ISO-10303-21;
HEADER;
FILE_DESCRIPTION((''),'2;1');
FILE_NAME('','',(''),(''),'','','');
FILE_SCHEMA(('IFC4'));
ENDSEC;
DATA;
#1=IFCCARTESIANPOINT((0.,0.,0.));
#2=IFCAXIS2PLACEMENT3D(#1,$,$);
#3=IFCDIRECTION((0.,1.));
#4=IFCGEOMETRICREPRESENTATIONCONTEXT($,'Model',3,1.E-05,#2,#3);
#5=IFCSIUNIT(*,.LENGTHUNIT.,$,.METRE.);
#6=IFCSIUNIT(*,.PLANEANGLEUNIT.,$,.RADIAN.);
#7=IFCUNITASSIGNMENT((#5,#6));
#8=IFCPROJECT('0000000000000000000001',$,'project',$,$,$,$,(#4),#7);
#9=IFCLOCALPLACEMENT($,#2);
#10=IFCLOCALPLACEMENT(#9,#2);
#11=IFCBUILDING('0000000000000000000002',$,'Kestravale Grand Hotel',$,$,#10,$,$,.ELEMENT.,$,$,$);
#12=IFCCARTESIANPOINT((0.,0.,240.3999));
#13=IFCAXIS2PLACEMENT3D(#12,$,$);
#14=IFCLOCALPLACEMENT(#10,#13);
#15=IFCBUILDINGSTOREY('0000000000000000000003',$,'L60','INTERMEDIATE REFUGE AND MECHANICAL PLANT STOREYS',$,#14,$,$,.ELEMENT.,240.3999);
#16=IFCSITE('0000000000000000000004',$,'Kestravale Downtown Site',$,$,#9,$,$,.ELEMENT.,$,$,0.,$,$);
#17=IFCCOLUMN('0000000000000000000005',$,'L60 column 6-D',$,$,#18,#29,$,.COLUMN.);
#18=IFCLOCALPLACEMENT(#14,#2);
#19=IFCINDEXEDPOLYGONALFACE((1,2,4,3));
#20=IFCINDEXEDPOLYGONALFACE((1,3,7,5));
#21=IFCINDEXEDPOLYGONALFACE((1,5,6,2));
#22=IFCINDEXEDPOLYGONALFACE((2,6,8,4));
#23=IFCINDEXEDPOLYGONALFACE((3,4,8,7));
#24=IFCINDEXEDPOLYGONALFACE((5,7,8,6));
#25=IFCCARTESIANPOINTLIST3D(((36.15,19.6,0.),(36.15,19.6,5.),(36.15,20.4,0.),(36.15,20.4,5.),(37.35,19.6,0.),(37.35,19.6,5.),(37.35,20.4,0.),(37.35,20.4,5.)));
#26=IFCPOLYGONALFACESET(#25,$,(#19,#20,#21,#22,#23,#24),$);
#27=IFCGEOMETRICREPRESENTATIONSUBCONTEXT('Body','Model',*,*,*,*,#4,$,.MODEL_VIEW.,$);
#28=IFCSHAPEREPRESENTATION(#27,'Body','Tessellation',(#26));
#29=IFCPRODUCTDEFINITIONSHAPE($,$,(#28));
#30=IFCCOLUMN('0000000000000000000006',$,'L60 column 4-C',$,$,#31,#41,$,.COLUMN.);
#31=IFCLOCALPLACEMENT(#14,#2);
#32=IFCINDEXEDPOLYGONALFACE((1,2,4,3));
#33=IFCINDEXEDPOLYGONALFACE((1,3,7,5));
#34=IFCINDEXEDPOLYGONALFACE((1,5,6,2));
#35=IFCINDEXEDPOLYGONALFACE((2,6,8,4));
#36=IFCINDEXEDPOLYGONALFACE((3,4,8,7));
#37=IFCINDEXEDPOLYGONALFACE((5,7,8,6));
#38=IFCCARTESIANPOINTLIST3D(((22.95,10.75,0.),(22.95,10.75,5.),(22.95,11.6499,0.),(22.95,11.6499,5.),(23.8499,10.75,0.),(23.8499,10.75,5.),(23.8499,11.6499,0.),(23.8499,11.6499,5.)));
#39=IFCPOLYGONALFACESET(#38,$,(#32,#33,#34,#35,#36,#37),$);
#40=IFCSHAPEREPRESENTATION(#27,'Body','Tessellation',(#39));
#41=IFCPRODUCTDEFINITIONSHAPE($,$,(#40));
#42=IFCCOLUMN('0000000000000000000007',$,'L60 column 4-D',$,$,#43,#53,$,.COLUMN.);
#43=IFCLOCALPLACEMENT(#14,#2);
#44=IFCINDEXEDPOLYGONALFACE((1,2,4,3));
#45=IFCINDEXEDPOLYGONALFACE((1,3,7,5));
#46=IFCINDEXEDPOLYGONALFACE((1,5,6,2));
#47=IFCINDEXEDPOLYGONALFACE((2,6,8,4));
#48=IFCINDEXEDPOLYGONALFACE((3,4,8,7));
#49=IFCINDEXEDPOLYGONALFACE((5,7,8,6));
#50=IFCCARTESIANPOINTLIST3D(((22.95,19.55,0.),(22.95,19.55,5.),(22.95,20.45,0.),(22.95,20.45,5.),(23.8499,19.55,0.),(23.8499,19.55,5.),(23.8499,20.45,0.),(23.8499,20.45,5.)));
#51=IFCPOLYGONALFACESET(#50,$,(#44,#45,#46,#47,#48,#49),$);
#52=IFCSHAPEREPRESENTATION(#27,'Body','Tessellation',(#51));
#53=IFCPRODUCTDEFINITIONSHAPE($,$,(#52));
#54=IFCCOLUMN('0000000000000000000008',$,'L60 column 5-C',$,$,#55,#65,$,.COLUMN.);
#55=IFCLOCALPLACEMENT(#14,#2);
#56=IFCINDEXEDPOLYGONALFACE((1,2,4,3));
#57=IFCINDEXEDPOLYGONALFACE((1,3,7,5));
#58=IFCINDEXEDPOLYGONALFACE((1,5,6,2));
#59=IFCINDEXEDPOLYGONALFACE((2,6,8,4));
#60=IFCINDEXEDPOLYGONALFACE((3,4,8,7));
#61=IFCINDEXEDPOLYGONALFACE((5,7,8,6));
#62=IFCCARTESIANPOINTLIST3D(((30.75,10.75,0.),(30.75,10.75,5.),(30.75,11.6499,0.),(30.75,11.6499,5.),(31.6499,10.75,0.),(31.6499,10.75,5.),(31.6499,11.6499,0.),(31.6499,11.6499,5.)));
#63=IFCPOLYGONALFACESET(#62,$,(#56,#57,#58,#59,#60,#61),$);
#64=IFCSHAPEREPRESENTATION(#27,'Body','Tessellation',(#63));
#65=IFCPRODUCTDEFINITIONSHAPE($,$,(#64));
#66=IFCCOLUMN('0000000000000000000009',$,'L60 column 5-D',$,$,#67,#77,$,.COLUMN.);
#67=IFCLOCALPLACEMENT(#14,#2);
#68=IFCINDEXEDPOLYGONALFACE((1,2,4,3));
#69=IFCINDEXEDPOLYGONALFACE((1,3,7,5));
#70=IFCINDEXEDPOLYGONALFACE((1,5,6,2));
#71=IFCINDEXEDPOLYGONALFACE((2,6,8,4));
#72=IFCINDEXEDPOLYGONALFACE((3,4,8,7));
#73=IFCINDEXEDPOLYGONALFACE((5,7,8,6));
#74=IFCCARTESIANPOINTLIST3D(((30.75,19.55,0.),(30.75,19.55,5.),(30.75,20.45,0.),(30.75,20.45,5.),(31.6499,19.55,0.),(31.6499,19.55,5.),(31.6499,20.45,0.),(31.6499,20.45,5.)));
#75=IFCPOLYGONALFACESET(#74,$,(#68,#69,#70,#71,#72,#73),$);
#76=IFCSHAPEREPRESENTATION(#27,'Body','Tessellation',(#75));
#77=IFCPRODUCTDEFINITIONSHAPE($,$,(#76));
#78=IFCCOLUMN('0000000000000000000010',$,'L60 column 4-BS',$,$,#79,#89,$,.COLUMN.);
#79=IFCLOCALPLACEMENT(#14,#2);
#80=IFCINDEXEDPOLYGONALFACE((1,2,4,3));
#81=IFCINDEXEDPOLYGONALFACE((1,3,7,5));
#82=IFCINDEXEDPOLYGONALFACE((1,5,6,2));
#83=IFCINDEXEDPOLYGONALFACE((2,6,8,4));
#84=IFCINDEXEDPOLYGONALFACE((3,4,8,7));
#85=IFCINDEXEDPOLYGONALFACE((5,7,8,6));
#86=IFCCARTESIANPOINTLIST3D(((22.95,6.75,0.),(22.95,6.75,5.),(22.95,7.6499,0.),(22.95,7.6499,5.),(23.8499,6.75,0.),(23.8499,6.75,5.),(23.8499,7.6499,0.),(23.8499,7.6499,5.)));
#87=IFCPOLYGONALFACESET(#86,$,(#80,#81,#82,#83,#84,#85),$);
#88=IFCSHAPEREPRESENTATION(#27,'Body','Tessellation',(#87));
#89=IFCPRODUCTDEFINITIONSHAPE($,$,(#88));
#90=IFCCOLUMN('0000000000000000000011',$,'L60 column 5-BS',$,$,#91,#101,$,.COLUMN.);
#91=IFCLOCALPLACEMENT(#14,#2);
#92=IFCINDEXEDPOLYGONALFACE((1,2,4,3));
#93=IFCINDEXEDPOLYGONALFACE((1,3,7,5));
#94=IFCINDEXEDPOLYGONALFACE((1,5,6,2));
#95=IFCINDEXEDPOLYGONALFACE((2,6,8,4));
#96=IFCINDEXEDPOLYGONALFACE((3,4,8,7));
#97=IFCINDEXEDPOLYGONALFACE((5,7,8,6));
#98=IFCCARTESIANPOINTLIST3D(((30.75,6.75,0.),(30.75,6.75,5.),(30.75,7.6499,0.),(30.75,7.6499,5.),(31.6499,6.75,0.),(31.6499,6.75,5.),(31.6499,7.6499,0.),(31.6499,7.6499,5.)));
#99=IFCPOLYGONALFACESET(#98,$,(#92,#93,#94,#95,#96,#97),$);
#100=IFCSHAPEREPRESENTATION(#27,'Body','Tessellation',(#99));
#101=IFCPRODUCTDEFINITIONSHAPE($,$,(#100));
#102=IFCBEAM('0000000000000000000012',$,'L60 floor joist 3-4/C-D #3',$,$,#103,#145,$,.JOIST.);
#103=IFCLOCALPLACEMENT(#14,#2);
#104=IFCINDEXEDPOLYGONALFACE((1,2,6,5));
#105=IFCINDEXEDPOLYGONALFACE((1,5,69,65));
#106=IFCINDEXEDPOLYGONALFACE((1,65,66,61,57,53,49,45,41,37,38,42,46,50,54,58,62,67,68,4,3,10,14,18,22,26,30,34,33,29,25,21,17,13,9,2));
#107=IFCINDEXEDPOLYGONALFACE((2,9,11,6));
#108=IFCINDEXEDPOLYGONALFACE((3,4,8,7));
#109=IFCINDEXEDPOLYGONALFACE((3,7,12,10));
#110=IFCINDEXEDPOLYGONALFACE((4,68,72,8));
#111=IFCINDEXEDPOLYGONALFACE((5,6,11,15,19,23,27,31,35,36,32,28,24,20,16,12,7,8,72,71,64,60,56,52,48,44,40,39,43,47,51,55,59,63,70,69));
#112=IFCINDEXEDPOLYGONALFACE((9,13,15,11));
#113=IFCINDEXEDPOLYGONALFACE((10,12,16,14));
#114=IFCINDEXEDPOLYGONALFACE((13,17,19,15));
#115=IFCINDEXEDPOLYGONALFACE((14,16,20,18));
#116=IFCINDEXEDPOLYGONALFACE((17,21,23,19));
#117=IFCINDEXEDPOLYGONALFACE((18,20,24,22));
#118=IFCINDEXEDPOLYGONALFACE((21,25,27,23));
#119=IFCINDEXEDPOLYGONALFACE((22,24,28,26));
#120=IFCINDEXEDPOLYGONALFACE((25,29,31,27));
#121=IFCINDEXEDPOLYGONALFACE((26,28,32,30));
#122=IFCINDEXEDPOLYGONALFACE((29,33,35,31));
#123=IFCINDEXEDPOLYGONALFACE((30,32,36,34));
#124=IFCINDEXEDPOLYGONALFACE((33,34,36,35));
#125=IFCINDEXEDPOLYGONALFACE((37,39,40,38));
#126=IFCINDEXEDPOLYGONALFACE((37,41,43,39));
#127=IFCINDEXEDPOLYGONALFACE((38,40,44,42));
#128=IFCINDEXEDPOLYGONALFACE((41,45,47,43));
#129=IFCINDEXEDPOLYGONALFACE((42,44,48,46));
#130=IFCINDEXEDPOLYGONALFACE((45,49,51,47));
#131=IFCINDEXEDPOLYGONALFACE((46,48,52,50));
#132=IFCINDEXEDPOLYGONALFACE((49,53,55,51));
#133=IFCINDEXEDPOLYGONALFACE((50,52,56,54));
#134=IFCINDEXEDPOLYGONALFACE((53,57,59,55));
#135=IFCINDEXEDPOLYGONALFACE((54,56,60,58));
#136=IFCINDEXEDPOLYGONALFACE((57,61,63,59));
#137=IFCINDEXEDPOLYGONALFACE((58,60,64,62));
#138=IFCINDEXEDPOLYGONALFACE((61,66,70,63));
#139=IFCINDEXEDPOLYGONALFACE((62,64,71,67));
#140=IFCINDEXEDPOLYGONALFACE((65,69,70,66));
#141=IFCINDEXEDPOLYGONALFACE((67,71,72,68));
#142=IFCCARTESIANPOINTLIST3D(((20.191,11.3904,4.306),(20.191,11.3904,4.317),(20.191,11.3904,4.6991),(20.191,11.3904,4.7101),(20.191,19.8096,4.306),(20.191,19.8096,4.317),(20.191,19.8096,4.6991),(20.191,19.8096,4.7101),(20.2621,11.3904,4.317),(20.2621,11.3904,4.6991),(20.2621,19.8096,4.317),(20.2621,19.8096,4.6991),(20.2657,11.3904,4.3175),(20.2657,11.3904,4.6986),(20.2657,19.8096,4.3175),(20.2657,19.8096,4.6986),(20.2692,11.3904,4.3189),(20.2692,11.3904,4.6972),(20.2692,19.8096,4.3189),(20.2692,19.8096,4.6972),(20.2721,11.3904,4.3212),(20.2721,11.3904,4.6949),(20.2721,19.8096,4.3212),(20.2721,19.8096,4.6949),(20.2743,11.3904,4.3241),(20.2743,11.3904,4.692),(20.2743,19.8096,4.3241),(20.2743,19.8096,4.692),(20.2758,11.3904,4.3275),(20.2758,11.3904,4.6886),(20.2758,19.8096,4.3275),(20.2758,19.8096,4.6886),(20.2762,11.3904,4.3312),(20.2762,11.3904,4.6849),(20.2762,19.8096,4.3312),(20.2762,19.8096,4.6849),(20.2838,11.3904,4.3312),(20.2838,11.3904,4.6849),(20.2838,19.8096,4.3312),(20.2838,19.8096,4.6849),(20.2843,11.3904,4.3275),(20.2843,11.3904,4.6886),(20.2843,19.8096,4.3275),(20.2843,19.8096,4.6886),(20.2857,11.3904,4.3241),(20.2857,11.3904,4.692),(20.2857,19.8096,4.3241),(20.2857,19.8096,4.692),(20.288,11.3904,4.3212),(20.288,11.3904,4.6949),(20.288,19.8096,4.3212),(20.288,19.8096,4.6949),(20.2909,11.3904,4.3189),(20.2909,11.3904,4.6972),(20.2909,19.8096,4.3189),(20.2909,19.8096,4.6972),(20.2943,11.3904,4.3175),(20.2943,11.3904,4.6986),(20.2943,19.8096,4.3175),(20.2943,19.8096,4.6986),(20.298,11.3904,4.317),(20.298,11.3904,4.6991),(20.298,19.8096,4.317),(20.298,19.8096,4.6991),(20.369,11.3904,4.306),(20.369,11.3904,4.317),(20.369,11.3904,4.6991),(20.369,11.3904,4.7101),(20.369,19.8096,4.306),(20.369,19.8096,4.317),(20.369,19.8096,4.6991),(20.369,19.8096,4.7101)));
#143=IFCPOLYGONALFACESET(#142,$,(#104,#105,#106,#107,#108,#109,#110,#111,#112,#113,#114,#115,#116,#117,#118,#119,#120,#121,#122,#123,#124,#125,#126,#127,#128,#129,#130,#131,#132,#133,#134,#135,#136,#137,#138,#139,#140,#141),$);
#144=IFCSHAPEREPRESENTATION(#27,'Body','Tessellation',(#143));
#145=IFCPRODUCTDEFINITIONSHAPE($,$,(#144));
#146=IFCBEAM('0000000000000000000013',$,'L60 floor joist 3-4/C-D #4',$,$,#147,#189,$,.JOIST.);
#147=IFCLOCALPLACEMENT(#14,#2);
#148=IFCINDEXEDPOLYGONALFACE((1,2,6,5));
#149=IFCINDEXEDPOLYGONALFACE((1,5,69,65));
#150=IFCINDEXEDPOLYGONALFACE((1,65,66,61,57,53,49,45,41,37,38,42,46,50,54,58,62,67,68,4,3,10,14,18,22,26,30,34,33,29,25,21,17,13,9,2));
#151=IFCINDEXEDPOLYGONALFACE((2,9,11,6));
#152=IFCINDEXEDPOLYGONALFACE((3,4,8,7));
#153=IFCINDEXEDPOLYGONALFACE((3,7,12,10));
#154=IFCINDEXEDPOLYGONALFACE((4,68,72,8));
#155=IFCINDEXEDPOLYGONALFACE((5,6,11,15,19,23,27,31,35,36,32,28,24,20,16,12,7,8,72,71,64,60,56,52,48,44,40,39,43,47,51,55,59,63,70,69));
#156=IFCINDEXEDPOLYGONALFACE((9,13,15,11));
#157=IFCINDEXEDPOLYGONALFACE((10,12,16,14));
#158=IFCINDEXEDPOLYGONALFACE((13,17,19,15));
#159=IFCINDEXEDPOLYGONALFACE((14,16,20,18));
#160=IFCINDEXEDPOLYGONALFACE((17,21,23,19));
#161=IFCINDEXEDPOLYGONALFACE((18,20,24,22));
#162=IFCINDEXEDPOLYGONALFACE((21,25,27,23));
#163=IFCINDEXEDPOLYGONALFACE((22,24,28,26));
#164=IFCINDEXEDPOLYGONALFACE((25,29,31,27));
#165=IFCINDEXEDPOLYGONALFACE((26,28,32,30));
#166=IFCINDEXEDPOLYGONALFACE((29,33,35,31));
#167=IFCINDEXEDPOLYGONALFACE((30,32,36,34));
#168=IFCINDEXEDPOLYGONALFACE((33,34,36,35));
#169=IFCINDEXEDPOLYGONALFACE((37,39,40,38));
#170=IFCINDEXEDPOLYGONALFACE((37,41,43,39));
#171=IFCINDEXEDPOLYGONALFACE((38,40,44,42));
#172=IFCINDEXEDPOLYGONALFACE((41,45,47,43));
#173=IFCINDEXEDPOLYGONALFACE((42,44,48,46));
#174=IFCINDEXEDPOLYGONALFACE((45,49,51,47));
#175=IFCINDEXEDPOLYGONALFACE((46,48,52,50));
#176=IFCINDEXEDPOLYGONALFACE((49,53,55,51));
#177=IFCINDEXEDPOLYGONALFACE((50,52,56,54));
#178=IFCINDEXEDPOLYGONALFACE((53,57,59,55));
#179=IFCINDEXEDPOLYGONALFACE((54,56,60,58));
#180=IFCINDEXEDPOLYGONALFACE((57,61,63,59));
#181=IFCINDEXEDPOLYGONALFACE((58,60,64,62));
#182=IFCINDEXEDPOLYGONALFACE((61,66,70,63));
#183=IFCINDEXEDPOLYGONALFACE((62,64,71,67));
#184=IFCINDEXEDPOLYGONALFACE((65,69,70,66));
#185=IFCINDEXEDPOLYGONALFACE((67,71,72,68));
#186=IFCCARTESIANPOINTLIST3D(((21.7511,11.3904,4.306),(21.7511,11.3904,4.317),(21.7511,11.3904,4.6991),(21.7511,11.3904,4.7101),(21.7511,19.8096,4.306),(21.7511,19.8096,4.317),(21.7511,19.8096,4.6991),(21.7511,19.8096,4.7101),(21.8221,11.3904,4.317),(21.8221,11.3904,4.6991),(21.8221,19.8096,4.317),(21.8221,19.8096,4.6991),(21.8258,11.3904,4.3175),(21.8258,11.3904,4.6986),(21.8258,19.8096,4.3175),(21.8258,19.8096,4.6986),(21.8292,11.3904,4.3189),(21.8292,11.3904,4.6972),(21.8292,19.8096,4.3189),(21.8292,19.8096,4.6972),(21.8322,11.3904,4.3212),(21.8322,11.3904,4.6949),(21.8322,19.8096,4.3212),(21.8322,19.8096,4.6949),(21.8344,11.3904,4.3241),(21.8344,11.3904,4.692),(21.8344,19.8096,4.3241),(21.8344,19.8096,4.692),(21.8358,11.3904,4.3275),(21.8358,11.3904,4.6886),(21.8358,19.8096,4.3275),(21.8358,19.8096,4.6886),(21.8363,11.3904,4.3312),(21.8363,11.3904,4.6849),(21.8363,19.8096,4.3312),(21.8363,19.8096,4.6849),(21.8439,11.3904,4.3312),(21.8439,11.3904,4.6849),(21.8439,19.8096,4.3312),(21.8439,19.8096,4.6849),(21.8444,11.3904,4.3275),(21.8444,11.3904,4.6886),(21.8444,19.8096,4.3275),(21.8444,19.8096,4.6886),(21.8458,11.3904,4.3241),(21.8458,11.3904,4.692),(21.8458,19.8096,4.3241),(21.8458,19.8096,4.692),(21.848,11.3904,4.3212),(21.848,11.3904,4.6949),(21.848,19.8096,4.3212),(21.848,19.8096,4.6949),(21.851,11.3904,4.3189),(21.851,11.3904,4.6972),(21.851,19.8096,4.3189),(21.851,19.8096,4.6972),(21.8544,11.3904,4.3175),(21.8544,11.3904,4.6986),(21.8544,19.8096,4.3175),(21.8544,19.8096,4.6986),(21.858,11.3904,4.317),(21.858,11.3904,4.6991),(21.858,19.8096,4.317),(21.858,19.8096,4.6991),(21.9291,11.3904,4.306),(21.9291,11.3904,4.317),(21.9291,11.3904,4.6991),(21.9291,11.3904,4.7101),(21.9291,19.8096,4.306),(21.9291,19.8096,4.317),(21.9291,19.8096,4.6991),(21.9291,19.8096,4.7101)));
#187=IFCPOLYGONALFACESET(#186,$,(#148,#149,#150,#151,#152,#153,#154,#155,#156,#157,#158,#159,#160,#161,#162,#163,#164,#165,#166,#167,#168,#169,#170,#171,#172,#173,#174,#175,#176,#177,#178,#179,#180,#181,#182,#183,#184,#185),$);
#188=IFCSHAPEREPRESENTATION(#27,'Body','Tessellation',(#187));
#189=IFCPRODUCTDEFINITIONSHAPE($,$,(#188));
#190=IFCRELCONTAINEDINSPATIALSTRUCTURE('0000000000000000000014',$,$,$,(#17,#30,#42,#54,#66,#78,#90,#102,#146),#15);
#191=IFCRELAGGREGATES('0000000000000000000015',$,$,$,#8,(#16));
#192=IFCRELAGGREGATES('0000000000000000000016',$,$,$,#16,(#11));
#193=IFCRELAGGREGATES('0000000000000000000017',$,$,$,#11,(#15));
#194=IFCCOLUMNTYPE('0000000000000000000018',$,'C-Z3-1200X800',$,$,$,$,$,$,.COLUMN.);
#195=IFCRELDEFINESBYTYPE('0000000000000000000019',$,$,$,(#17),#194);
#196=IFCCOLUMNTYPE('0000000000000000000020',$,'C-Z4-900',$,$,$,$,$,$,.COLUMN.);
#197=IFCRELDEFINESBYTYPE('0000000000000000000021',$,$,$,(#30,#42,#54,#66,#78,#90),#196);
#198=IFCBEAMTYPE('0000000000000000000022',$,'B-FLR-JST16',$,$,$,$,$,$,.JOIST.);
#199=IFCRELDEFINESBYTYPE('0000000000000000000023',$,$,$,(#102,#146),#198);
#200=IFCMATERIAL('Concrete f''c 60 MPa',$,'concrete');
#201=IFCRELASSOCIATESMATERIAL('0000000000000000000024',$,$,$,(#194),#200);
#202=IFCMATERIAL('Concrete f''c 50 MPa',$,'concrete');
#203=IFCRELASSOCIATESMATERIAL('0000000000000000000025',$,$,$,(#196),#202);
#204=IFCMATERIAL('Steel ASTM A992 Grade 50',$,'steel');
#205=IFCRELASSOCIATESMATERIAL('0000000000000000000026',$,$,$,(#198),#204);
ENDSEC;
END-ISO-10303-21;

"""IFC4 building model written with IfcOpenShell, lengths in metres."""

from ifc_helpers import new_model, si_unit, direction, frame, origin, origin_2d, place, context, subcontext, project, spatial, rectangle, i_section, extrude, material, material_profile, profile_set, type_object, element, save


model = new_model("IFC4")

# Units and contexts
model_context = context("Model", 3, precision=1e-05, world=origin(), true_north=direction((0.0, 1.0)))
body_context = subcontext(model_context, "Body", "Model", "MODEL_VIEW")
ifc_project = project(units=[si_unit("LENGTHUNIT", "METRE"), si_unit("PLANEANGLEUNIT", "RADIAN")], contexts=[model_context])

# Site, building, storey
site_placement = place(None, origin())
site = spatial("IfcSite", under=ifc_project, at=site_placement, Name="Kestravale Downtown Site", CompositionType="ELEMENT", RefElevation=0.0)
building_placement = place(site_placement, origin())
building = spatial("IfcBuilding", under=site, at=building_placement, Name="Kestravale Grand Hotel", CompositionType="ELEMENT")
storey_placement = place(building_placement, frame((0.0, 0.0, 240.3999)))
storey = spatial("IfcBuildingStorey", under=building, at=storey_placement, Name="L60", Description="INTERMEDIATE REFUGE AND MECHANICAL PLANT STOREYS", CompositionType="ELEMENT", Elevation=240.3999)

# Columns
ifc_material_1 = material(Name="Concrete f'c 60 MPa", Category="concrete")
ifc_material_profile_1 = material_profile(ifc_material_1, rectangle(XDim=1.2, YDim=0.8, at=origin_2d()))
ifc_profile_set_1 = profile_set([ifc_material_profile_1], Name="Concrete f'c 60 MPa")
column_type_1 = type_object("IfcColumnType", Name="C-Z3-1200X800", PredefinedType="COLUMN", material=ifc_profile_set_1)
column_placement = place(storey_placement, frame((36.75, 20.0, 0.0), z_axis=(0.0, 0.0, 1.0), x_axis=(1.0, 0.0, 0.0)))
element("IfcColumn", 1, at=column_placement, inside=storey, type_object=column_type_1, Name="L60 column 6-D", PredefinedType="COLUMN", context=body_context, shape_type="SweptSolid", body=[
    extrude(rectangle(XDim=1.2, YDim=0.8, at=origin_2d()), origin(), (0.0, 0.0, 1.0), 5.0),
])
ifc_material_2 = material(Name="Concrete f'c 50 MPa", Category="concrete")
ifc_material_profile_2 = material_profile(ifc_material_2, rectangle(XDim=0.8999, YDim=0.8999, at=origin_2d()))
ifc_profile_set_2 = profile_set([ifc_material_profile_2], Name="Concrete f'c 50 MPa")
column_type_2 = type_object("IfcColumnType", Name="C-Z4-900", PredefinedType="COLUMN", material=ifc_profile_set_2)
for number, where, z_axis, x_axis, name in (
    (2, (23.3999, 11.2, 0.0), (0.0, 0.0, 1.0), (1.0, 0.0, 0.0), "L60 column 4-C"),
    (3, (23.3999, 20.0, 0.0), (0.0, 0.0, 1.0), (1.0, 0.0, 0.0), "L60 column 4-D"),
    (4, (31.2, 11.2, 0.0), (0.0, 0.0, 1.0), (1.0, 0.0, 0.0), "L60 column 5-C"),
    (5, (31.2, 20.0, 0.0), (0.0, 0.0, 1.0), (1.0, 0.0, 0.0), "L60 column 5-D"),
    (6, (23.3999, 7.2, 0.0), (0.0, 0.0, 1.0), (1.0, 0.0, 0.0), "L60 column 4-BS"),
    (7, (31.2, 7.2, 0.0), (0.0, 0.0, 1.0), (1.0, 0.0, 0.0), "L60 column 5-BS"),
):
    element("IfcColumn", number, at=place(storey_placement, frame(where, z_axis=z_axis, x_axis=x_axis)), inside=storey, type_object=column_type_2, Name=name, PredefinedType="COLUMN", context=body_context, shape_type="SweptSolid", body=[
        extrude(rectangle(XDim=0.8999, YDim=0.8999, at=origin_2d()), origin(), (0.0, 0.0, 1.0), 5.0),
    ])

# Beams
ifc_material_3 = material(Name="Steel ASTM A992 Grade 50", Category="steel")
ifc_material_profile_3 = material_profile(ifc_material_3, i_section(OverallWidth=0.178, OverallDepth=0.4041, WebThickness=0.0076, FlangeThickness=0.011, FilletRadius=0.0142, at=origin_2d()))
ifc_profile_set_3 = profile_set([ifc_material_profile_3], Name="Steel ASTM A992 Grade 50")
beam_type_1 = type_object("IfcBeamType", Name="B-FLR-JST16", PredefinedType="JOIST", material=ifc_profile_set_3)
for number, where, z_axis, x_axis, name in (
    (8, (20.28, 11.3904, 4.5081), (0.0, 1.0, 0.0), (-1.0, 0.0, 0.0), "L60 floor joist 3-4/C-D #3"),
    (9, (21.8401, 11.3904, 4.5081), (0.0, 1.0, 0.0), (-1.0, 0.0, 0.0), "L60 floor joist 3-4/C-D #4"),
):
    element("IfcBeam", number, at=place(storey_placement, frame(where, z_axis=z_axis, x_axis=x_axis)), inside=storey, type_object=beam_type_1, Name=name, PredefinedType="JOIST", context=body_context, shape_type="SweptSolid", body=[
        extrude(i_section(OverallWidth=0.178, OverallDepth=0.4041, WebThickness=0.0076, FlangeThickness=0.011, FilletRadius=0.0142, at=origin_2d()), origin(), (0.0, 0.0, 1.0), 8.4192),
    ])

save(model, "model.ifc")
